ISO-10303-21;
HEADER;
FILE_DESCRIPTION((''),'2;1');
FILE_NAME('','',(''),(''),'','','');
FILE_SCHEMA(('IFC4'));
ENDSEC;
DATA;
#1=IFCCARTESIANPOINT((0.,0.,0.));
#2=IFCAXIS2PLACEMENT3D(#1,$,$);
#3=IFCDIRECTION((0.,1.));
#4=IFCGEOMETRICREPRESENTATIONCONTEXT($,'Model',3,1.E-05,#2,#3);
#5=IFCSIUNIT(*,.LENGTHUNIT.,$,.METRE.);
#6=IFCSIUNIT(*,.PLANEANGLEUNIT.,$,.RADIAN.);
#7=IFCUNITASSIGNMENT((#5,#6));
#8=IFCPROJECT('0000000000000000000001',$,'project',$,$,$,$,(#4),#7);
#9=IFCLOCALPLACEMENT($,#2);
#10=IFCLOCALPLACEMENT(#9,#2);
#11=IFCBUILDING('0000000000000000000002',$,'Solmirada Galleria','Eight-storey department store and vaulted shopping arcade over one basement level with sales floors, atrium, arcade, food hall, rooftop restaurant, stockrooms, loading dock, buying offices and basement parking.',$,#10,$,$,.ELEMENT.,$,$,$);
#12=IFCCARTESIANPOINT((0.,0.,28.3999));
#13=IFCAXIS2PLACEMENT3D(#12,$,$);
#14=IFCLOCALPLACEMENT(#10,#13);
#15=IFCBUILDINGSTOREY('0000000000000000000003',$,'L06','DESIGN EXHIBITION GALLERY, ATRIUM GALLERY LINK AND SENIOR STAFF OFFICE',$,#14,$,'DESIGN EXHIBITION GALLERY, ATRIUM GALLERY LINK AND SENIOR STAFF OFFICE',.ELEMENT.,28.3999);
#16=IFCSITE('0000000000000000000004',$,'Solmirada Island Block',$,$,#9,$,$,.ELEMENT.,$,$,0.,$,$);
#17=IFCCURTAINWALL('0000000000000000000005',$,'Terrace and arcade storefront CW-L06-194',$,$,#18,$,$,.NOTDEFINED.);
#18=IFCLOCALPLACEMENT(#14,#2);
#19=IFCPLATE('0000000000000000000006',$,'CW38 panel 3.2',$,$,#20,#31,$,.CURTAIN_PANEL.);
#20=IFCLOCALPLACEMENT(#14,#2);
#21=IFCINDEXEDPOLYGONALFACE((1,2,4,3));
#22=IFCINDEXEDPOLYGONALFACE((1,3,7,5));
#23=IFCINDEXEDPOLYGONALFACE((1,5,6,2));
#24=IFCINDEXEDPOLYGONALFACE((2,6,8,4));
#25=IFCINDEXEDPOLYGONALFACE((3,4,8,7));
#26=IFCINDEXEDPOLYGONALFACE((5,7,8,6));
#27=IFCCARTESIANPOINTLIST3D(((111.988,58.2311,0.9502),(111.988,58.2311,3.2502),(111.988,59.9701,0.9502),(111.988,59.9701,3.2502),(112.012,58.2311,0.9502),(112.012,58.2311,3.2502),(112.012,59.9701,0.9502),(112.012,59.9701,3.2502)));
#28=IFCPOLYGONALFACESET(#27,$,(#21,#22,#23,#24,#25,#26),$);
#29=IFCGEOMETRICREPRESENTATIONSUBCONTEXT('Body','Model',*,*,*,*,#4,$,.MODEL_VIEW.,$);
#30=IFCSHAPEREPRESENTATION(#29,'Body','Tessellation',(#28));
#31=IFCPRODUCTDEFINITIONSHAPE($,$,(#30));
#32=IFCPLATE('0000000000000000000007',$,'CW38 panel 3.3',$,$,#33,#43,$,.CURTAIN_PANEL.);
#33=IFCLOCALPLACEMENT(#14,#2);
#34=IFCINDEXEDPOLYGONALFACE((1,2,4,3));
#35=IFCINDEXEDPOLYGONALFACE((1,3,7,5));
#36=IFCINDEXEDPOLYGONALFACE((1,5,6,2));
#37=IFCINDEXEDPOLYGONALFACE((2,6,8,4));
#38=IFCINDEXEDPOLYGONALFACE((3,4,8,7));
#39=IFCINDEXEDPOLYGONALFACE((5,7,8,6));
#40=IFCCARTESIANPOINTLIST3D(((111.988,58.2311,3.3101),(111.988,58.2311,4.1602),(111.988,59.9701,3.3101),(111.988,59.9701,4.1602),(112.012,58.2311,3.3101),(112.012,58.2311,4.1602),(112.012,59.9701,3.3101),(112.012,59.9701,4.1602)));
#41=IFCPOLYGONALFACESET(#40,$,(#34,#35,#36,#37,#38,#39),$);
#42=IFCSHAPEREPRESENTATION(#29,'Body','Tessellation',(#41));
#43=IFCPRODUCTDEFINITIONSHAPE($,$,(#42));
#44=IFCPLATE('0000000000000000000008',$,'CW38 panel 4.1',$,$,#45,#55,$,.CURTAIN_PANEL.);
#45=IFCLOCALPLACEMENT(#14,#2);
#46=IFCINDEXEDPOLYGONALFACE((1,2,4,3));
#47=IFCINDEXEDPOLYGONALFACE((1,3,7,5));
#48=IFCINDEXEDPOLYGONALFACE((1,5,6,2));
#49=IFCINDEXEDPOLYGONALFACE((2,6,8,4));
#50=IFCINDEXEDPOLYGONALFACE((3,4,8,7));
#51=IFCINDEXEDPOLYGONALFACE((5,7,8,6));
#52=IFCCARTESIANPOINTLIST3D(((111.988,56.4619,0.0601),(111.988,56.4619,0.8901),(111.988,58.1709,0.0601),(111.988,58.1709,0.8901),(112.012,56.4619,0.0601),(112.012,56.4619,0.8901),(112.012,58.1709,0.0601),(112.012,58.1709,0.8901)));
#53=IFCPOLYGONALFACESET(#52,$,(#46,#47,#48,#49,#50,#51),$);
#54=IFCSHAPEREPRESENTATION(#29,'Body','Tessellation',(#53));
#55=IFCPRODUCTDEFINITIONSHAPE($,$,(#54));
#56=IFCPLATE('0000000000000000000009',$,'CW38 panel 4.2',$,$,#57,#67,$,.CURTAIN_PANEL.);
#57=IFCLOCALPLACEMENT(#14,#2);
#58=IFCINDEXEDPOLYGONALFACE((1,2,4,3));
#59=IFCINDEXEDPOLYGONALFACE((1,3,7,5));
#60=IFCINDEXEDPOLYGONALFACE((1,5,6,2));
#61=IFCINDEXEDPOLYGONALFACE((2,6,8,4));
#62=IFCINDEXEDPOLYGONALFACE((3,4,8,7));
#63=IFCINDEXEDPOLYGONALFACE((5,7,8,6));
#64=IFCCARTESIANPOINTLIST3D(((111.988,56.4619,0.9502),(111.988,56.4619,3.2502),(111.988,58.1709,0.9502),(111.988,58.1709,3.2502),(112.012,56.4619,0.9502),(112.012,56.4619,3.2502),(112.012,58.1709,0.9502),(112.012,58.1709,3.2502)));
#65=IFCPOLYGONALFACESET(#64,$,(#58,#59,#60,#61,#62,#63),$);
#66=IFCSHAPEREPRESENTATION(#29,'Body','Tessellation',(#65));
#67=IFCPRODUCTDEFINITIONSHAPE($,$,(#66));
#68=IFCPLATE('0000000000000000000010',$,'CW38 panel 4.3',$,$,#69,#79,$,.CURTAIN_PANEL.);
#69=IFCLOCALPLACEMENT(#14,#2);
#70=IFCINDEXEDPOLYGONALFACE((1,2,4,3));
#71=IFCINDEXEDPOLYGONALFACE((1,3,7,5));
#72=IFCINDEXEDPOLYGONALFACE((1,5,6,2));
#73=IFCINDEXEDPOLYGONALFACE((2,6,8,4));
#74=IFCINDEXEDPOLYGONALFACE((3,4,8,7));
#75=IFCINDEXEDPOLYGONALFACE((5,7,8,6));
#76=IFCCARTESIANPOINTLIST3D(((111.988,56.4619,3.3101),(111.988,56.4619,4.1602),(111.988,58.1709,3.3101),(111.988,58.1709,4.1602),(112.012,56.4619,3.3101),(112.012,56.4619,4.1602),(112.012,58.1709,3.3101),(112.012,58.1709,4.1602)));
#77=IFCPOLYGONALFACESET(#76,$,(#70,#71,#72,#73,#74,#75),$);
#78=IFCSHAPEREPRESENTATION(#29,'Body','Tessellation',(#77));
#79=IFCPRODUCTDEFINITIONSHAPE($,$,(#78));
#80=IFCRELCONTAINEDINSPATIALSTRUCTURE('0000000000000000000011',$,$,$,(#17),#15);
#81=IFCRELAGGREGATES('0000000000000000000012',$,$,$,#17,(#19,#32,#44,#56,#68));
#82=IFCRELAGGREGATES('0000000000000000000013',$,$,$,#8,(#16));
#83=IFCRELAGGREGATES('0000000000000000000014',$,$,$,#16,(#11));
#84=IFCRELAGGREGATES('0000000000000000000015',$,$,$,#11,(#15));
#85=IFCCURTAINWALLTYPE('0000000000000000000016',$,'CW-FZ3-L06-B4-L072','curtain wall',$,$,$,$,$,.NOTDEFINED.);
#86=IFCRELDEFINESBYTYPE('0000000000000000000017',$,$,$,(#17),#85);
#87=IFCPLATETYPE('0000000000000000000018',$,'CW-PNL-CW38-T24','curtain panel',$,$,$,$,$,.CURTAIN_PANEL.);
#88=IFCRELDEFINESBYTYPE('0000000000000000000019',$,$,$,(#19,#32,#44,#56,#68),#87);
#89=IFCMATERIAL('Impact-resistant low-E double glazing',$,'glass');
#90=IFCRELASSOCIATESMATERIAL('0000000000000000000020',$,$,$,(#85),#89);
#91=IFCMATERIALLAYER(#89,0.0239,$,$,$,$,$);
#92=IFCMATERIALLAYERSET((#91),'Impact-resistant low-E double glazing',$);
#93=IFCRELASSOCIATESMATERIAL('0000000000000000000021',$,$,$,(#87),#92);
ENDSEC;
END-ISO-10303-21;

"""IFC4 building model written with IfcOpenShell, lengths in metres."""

from ifc_helpers import new_model, si_unit, direction, frame, origin, origin_2d, place, context, subcontext, project, spatial, rectangle, extrude, material, layer, layer_set, type_object, element, aggregate, save


model = new_model("IFC4")

# Units and contexts
model_context = context("Model", 3, precision=1e-05, world=origin(), true_north=direction((0.0, 1.0)))
body_context = subcontext(model_context, "Body", "Model", "MODEL_VIEW")
ifc_project = project(units=[si_unit("LENGTHUNIT", "METRE"), si_unit("PLANEANGLEUNIT", "RADIAN")], contexts=[model_context])

# Site, building, storey
site_placement = place(None, origin())
site = spatial("IfcSite", under=ifc_project, at=site_placement, Name="Solmirada Island Block", CompositionType="ELEMENT", RefElevation=0.0)
building_placement = place(site_placement, origin())
building = spatial("IfcBuilding", under=site, at=building_placement, Name="Solmirada Galleria", Description="Eight-storey department store and vaulted shopping arcade over one basement level with sales floors, atrium, arcade, food hall, rooftop restaurant, stockrooms, loading dock, buying offices and basement parking.", CompositionType="ELEMENT")
storey_placement = place(building_placement, frame((0.0, 0.0, 28.3999)))
storey = spatial("IfcBuildingStorey", under=building, at=storey_placement, Name="L06", Description="DESIGN EXHIBITION GALLERY, ATRIUM GALLERY LINK AND SENIOR STAFF OFFICE", LongName="DESIGN EXHIBITION GALLERY, ATRIUM GALLERY LINK AND SENIOR STAFF OFFICE", CompositionType="ELEMENT", Elevation=28.3999)

# Curtain wall
ifc_material_1 = material(Name="Impact-resistant low-E double glazing", Category="glass")
curtain_wall_type = type_object("IfcCurtainWallType", Name="CW-FZ3-L06-B4-L072", Description="curtain wall", PredefinedType="NOTDEFINED", material=ifc_material_1)
curtain_wall_1_placement = place(storey_placement, origin())
curtain_wall_1 = element("IfcCurtainWall", 1, at=curtain_wall_1_placement, inside=storey, type_object=curtain_wall_type, Name="Terrace and arcade storefront CW-L06-194", PredefinedType="NOTDEFINED")

# Plates
ifc_layer = layer(ifc_material_1, 0.0239)
ifc_layer_set = layer_set([ifc_layer], Name="Impact-resistant low-E double glazing")
plate_type = type_object("IfcPlateType", Name="CW-PNL-CW38-T24", Description="curtain panel", PredefinedType="CURTAIN_PANEL", material=ifc_layer_set)
plate_1_placement = place(storey_placement, frame((112.0, 59.1006, 0.9502), z_axis=(0.0, 0.0, 1.0), x_axis=(0.0, -1.0, 0.0)))
plate_1 = element("IfcPlate", 2, at=plate_1_placement, type_object=plate_type, Name="CW38 panel 3.2", PredefinedType="CURTAIN_PANEL", context=body_context, shape_type="SweptSolid", body=[
    extrude(rectangle(XDim=1.739, YDim=0.0239, at=origin_2d()), origin(), (0.0, 0.0, 1.0), 2.3),
])
plate_2_placement = place(storey_placement, frame((112.0, 59.1006, 3.3101), z_axis=(0.0, 0.0, 1.0), x_axis=(0.0, -1.0, 0.0)))
plate_2 = element("IfcPlate", 3, at=plate_2_placement, type_object=plate_type, Name="CW38 panel 3.3", PredefinedType="CURTAIN_PANEL", context=body_context, shape_type="SweptSolid", body=[
    extrude(rectangle(XDim=1.739, YDim=0.0239, at=origin_2d()), origin(), (0.0, 0.0, 1.0), 0.8501),
])
plate_3_placement = place(storey_placement, frame((112.0, 57.3164, 0.0601), z_axis=(0.0, 0.0, 1.0), x_axis=(0.0, -1.0, 0.0)))
plate_3 = element("IfcPlate", 4, at=plate_3_placement, type_object=plate_type, Name="CW38 panel 4.1", PredefinedType="CURTAIN_PANEL", context=body_context, shape_type="SweptSolid", body=[
    extrude(rectangle(XDim=1.709, YDim=0.0239, at=origin_2d()), origin(), (0.0, 0.0, 1.0), 0.8301),
])
plate_4_placement = place(storey_placement, frame((112.0, 57.3164, 0.9502), z_axis=(0.0, 0.0, 1.0), x_axis=(0.0, -1.0, 0.0)))
plate_4 = element("IfcPlate", 5, at=plate_4_placement, type_object=plate_type, Name="CW38 panel 4.2", PredefinedType="CURTAIN_PANEL", context=body_context, shape_type="SweptSolid", body=[
    extrude(rectangle(XDim=1.709, YDim=0.0239, at=origin_2d()), origin(), (0.0, 0.0, 1.0), 2.3),
])
plate_5_placement = place(storey_placement, frame((112.0, 57.3164, 3.3101), z_axis=(0.0, 0.0, 1.0), x_axis=(0.0, -1.0, 0.0)))
plate_5 = element("IfcPlate", 6, at=plate_5_placement, type_object=plate_type, Name="CW38 panel 4.3", PredefinedType="CURTAIN_PANEL", context=body_context, shape_type="SweptSolid", body=[
    extrude(rectangle(XDim=1.709, YDim=0.0239, at=origin_2d()), origin(), (0.0, 0.0, 1.0), 0.8501),
])
aggregate(curtain_wall_1, [plate_1, plate_2, plate_3, plate_4, plate_5])

save(model, "model.ifc")
